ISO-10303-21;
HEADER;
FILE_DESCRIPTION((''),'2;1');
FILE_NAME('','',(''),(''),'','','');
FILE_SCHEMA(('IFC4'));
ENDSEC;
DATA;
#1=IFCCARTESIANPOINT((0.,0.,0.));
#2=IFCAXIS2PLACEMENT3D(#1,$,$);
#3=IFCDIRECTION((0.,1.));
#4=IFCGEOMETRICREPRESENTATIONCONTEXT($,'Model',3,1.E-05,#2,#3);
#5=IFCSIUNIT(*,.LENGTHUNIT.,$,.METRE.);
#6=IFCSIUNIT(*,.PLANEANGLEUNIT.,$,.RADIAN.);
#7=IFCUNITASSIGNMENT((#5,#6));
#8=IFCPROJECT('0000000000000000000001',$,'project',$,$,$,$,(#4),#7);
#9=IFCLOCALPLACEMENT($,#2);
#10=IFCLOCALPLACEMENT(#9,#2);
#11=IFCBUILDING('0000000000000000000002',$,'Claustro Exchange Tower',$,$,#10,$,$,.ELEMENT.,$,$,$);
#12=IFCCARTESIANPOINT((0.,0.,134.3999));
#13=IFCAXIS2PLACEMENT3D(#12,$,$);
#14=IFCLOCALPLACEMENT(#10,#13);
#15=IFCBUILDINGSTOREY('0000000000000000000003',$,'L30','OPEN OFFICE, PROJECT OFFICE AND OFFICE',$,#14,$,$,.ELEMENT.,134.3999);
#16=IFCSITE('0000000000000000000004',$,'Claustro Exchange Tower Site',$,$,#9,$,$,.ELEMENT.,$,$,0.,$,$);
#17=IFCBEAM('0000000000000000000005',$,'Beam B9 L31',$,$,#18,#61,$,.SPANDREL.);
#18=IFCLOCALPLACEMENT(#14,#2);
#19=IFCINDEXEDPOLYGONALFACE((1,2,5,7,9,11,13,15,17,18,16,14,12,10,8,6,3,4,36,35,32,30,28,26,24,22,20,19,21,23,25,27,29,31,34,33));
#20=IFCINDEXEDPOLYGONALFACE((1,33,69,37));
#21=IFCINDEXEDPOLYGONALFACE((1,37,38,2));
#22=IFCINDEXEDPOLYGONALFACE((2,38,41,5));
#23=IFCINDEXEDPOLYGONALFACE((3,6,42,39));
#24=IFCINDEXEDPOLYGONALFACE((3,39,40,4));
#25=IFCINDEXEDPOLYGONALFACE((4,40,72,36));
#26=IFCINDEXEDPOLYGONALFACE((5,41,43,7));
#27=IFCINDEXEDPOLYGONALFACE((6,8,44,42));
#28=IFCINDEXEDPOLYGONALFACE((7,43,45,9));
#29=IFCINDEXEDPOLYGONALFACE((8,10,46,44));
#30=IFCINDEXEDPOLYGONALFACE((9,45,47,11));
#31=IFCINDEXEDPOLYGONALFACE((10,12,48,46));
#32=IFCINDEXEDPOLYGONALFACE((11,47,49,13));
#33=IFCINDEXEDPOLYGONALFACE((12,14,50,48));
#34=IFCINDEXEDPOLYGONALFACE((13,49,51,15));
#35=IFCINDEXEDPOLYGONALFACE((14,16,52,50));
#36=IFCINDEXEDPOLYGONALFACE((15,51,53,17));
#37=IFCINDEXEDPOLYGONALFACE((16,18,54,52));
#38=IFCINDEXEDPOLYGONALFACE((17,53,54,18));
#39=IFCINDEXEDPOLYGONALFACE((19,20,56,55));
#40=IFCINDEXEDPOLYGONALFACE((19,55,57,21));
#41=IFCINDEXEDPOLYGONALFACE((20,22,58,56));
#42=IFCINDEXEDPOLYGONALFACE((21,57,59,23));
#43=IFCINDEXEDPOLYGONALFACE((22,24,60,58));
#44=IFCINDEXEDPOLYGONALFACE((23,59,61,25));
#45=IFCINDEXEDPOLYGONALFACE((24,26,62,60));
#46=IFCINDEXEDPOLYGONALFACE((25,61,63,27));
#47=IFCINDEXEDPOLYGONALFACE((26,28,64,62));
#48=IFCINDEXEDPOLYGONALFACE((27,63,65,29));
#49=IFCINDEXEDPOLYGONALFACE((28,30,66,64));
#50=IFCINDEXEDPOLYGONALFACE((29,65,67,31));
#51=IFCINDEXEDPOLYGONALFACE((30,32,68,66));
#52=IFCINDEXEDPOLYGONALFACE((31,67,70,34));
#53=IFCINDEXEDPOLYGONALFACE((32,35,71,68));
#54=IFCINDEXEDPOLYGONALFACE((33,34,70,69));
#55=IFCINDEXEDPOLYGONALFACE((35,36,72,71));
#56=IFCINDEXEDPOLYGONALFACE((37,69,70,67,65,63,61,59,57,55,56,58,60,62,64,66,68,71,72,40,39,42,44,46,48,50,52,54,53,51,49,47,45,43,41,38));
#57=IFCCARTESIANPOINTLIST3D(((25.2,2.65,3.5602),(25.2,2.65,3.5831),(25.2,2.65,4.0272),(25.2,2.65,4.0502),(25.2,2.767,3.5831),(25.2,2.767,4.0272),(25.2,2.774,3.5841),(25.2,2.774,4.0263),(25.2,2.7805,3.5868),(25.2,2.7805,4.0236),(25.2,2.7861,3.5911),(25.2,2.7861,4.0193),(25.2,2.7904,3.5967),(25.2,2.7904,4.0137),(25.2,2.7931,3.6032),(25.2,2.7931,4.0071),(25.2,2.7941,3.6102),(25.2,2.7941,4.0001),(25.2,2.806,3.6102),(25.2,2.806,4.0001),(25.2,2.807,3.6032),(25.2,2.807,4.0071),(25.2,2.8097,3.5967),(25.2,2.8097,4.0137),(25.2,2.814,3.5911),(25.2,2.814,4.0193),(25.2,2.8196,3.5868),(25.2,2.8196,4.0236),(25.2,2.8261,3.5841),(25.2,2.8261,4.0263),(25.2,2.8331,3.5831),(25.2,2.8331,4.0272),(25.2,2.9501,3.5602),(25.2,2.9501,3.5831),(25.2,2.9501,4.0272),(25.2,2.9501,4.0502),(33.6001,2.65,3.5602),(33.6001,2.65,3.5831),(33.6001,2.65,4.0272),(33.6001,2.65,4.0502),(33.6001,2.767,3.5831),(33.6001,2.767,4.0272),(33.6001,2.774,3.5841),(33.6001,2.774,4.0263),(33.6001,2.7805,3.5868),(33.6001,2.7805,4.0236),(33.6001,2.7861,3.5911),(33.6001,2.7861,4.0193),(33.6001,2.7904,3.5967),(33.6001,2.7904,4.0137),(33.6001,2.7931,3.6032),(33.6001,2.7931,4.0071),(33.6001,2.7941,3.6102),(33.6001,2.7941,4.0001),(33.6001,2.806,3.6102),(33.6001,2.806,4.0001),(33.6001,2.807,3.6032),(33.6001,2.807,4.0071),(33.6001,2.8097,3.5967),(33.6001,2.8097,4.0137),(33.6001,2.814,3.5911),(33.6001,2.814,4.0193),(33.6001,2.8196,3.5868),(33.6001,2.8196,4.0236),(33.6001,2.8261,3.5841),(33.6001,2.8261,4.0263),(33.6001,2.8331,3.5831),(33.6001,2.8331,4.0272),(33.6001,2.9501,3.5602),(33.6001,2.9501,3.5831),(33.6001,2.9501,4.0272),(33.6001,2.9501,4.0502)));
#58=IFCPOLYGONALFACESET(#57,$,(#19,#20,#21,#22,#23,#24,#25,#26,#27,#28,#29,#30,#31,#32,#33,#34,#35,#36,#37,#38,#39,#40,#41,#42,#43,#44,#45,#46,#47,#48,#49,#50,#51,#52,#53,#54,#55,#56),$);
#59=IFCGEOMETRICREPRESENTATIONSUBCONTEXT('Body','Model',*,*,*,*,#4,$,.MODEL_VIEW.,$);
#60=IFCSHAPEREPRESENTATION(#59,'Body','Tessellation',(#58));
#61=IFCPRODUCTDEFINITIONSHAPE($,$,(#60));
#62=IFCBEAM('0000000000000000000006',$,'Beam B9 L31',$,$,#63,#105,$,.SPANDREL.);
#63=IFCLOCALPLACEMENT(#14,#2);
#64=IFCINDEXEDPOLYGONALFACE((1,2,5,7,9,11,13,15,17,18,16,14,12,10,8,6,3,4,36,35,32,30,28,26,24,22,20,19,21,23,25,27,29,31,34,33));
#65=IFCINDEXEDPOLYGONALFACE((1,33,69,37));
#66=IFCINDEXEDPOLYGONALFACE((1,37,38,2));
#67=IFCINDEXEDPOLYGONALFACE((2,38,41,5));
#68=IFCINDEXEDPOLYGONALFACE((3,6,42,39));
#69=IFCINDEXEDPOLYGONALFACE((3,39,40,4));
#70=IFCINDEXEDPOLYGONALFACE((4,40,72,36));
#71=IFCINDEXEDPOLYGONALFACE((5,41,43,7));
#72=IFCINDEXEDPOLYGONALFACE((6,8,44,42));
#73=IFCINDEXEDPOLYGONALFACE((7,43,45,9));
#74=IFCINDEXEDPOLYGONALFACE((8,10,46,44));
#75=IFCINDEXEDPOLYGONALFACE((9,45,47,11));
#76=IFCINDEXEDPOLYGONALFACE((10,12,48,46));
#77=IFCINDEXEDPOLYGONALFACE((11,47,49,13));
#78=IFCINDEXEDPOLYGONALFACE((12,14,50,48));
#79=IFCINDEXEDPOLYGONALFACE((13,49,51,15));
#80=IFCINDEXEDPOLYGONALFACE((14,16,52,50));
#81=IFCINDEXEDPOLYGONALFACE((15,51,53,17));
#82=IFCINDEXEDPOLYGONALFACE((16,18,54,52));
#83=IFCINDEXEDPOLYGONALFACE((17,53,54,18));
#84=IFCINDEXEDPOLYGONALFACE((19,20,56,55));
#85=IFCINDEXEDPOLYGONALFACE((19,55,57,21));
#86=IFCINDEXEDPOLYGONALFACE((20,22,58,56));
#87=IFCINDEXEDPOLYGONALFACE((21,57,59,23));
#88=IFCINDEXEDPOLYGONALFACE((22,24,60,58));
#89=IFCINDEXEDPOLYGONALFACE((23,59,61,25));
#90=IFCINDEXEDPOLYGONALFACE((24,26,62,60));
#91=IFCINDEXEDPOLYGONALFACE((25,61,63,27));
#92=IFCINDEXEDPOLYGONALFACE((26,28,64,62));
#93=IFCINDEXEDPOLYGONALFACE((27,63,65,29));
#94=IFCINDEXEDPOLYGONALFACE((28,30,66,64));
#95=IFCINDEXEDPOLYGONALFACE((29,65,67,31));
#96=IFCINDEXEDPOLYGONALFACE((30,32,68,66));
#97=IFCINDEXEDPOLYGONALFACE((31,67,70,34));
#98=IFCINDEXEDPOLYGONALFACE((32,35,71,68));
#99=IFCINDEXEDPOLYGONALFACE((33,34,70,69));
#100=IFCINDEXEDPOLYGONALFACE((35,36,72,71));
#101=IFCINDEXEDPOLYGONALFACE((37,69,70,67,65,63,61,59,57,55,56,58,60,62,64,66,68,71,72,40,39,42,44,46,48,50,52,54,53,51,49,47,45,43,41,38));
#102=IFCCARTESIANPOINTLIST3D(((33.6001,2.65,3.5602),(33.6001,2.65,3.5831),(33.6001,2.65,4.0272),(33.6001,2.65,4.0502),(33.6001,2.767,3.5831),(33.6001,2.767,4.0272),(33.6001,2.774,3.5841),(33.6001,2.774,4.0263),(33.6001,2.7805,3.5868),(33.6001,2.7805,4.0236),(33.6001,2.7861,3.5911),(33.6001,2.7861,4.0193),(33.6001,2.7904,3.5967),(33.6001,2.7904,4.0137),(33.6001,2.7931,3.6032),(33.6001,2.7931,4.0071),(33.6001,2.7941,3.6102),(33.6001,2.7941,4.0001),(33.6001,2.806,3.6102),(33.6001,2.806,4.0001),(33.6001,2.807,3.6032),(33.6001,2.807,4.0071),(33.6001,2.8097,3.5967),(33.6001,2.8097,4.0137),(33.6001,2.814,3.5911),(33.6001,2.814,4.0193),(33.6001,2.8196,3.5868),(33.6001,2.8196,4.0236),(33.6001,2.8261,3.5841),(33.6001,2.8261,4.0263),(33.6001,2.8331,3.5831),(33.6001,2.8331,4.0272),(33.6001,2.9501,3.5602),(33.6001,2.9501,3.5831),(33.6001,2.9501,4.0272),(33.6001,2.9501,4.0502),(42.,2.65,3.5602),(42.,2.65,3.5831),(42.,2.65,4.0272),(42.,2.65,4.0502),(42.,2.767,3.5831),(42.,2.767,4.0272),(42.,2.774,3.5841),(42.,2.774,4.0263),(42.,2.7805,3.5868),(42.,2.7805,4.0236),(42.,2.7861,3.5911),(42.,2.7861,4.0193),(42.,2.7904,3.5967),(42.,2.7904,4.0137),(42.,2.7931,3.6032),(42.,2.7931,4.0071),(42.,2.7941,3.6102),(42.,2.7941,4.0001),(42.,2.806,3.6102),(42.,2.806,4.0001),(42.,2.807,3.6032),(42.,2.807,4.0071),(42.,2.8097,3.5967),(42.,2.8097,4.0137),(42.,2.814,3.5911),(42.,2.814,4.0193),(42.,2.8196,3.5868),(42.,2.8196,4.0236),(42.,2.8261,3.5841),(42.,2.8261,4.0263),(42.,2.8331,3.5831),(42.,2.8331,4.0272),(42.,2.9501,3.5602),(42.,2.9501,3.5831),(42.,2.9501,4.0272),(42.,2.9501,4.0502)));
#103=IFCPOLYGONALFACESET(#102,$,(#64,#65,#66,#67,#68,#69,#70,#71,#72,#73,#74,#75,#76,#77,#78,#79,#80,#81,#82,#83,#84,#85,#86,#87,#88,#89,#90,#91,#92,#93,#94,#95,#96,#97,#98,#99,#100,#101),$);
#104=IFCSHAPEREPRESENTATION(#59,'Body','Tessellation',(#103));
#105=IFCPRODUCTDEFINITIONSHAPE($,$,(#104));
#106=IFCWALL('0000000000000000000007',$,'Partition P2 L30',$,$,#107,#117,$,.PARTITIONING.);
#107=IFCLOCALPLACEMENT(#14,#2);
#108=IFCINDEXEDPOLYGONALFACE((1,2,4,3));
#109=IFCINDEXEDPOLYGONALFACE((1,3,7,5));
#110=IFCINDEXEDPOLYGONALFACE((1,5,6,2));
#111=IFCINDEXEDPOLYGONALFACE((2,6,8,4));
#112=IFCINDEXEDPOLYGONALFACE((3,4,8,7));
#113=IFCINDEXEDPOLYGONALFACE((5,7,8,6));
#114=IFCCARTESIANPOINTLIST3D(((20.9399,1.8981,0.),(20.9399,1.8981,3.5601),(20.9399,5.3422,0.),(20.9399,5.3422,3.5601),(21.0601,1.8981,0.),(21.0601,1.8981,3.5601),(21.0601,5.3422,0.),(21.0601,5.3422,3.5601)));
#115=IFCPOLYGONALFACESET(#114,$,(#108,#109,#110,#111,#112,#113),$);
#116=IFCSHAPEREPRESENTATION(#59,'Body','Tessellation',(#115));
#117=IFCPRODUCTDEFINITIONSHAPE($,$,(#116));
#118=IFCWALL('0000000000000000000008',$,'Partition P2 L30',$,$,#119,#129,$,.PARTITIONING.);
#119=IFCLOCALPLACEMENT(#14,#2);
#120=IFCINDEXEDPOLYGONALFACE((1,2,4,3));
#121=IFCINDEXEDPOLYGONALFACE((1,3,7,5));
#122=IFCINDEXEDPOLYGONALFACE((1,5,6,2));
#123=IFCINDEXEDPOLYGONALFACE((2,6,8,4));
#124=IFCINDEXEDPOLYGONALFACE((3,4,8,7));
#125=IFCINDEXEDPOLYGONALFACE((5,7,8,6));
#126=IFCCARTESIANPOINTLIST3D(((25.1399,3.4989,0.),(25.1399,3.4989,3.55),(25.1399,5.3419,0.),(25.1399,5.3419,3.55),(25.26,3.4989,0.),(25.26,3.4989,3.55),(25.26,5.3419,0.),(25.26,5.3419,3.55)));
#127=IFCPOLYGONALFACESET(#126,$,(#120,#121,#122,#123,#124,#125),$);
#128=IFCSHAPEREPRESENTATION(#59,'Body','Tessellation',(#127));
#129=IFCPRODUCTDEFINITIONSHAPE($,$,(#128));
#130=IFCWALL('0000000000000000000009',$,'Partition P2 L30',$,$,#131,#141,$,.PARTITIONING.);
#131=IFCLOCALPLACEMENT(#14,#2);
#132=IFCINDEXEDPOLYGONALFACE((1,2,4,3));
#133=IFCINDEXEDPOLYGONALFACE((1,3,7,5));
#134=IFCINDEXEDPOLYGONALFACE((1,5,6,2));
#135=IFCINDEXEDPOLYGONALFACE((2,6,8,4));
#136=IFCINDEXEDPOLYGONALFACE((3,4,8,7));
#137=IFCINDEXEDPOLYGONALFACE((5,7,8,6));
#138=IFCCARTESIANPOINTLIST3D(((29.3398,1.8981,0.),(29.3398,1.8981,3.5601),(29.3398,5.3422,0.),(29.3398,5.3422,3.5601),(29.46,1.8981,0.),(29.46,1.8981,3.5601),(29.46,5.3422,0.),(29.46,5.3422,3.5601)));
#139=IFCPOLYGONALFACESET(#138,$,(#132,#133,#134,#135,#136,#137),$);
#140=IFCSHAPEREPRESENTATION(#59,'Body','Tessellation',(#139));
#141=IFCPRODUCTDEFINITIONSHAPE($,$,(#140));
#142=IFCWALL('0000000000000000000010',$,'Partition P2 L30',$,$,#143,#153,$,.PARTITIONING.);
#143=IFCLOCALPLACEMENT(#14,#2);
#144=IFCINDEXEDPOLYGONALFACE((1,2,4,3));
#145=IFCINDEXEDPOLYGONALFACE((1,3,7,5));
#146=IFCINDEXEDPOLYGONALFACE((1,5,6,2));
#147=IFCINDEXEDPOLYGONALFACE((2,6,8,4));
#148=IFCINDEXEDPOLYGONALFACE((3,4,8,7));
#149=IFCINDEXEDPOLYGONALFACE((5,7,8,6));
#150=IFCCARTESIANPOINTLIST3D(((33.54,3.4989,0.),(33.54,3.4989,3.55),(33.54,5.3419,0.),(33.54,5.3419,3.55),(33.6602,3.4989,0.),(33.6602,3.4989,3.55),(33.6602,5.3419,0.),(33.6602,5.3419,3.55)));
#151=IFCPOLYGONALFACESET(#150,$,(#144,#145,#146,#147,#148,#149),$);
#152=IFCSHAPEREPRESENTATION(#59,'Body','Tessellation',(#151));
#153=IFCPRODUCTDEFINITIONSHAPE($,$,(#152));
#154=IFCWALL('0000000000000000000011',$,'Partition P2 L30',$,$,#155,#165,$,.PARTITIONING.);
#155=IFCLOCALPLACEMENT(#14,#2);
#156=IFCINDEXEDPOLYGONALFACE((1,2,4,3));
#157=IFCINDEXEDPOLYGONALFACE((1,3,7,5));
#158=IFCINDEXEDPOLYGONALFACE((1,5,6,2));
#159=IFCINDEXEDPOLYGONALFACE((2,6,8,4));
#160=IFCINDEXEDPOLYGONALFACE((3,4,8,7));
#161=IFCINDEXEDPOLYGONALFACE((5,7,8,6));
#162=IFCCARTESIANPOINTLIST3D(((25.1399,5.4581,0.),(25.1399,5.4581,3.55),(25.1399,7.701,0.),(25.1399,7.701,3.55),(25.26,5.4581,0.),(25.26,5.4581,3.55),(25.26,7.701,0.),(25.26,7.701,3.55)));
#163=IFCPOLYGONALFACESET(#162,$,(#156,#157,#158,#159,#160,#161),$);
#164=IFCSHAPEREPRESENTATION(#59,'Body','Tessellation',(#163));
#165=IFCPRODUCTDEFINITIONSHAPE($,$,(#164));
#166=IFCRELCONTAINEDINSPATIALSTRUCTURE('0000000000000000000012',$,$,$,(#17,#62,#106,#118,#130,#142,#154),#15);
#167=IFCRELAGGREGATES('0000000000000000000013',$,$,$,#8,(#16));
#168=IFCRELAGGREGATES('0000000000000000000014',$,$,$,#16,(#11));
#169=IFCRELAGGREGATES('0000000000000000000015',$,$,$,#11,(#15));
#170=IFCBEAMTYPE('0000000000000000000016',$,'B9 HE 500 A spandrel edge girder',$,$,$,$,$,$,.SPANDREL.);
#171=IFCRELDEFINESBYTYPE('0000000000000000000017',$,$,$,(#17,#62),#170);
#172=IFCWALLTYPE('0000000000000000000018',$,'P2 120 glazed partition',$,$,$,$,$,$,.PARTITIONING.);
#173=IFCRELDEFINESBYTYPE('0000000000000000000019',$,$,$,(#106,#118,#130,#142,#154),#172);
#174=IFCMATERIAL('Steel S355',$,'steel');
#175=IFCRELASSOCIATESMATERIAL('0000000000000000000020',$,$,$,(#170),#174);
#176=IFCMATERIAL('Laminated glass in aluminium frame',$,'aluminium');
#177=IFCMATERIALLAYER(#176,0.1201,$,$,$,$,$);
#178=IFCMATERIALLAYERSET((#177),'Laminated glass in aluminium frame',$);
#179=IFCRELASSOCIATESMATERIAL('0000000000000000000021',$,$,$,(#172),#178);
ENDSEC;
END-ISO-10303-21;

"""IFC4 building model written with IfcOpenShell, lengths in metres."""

from ifc_helpers import new_model, si_unit, direction, frame, frame_2d, origin, origin_2d, place, context, subcontext, project, spatial, rectangle, i_section, extrude, material, layer, layer_set, material_profile, profile_set, type_object, element, save


model = new_model("IFC4")

# Units and contexts
model_context = context("Model", 3, precision=1e-05, world=origin(), true_north=direction((0.0, 1.0)))
body_context = subcontext(model_context, "Body", "Model", "MODEL_VIEW")
ifc_project = project(units=[si_unit("LENGTHUNIT", "METRE"), si_unit("PLANEANGLEUNIT", "RADIAN")], contexts=[model_context])

# Site, building, storey
site_placement = place(None, origin())
site = spatial("IfcSite", under=ifc_project, at=site_placement, Name="Claustro Exchange Tower Site", CompositionType="ELEMENT", RefElevation=0.0)
building_placement = place(site_placement, origin())
building = spatial("IfcBuilding", under=site, at=building_placement, Name="Claustro Exchange Tower", CompositionType="ELEMENT")
storey_placement = place(building_placement, frame((0.0, 0.0, 134.3999)))
storey = spatial("IfcBuildingStorey", under=building, at=storey_placement, Name="L30", Description="OPEN OFFICE, PROJECT OFFICE AND OFFICE", CompositionType="ELEMENT", Elevation=134.3999)

# Beams
ifc_material_1 = material(Name="Steel S355", Category="steel")
ifc_material_profile_1 = material_profile(ifc_material_1, i_section(OverallWidth=0.3, OverallDepth=0.49, WebThickness=0.012, FlangeThickness=0.0229, FilletRadius=0.0271, at=origin_2d()), Name="HE 500 A")
ifc_profile_set_1 = profile_set([ifc_material_profile_1], Name="Steel S355")
beam_type_1 = type_object("IfcBeamType", Name="B9 HE 500 A spandrel edge girder", PredefinedType="SPANDREL", material=ifc_profile_set_1)
beam_1_placement = place(storey_placement, frame((25.2, 2.8, 3.8052), z_axis=(1.0, 0.0, 0.0), x_axis=(0.0, 1.0, 0.0)))
element("IfcBeam", 1, at=beam_1_placement, inside=storey, type_object=beam_type_1, Name="Beam B9 L31", PredefinedType="SPANDREL", context=body_context, shape_type="SweptSolid", body=[
    extrude(i_section(OverallWidth=0.3, OverallDepth=0.49, WebThickness=0.012, FlangeThickness=0.0229, FilletRadius=0.0271, at=origin_2d()), origin(), (0.0, 0.0, 1.0), 8.4001),
])
beam_2_placement = place(storey_placement, frame((33.6001, 2.8, 3.8052), z_axis=(1.0, 0.0, 0.0), x_axis=(0.0, 1.0, 0.0)))
element("IfcBeam", 2, at=beam_2_placement, inside=storey, type_object=beam_type_1, Name="Beam B9 L31", PredefinedType="SPANDREL", context=body_context, shape_type="SweptSolid", body=[
    extrude(i_section(OverallWidth=0.3, OverallDepth=0.49, WebThickness=0.012, FlangeThickness=0.0229, FilletRadius=0.0271, at=origin_2d()), origin(), (0.0, 0.0, 1.0), 8.3999),
])

# Walls
ifc_material_2 = material(Name="Laminated glass in aluminium frame", Category="aluminium")
ifc_layer_1 = layer(ifc_material_2, 0.1201)
ifc_layer_set_1 = layer_set([ifc_layer_1], Name="Laminated glass in aluminium frame")
wall_type_1 = type_object("IfcWallType", Name="P2 120 glazed partition", PredefinedType="PARTITIONING", material=ifc_layer_set_1)
wall_1_placement = place(storey_placement, frame((21.0, 1.8979, 0.0), z_axis=(0.0, 0.0, 1.0), x_axis=(0.0, 1.0, 0.0)))
element("IfcWall", 3, at=wall_1_placement, inside=storey, type_object=wall_type_1, Name="Partition P2 L30", PredefinedType="PARTITIONING", context=body_context, shape_type="SweptSolid", body=[
    extrude(rectangle(XDim=3.4441, YDim=0.1201, at=frame_2d((1.7222, 0.0))), origin(), (0.0, 0.0, 1.0), 3.5601),
])
wall_2_placement = place(storey_placement, frame((25.2, 3.499, 0.0), z_axis=(0.0, 0.0, 1.0), x_axis=(0.0, 1.0, 0.0)))
element("IfcWall", 4, at=wall_2_placement, inside=storey, type_object=wall_type_1, Name="Partition P2 L30", PredefinedType="PARTITIONING", context=body_context, shape_type="SweptSolid", body=[
    extrude(rectangle(XDim=1.843, YDim=0.1201, at=frame_2d((0.9214, 0.0))), origin(), (0.0, 0.0, 1.0), 3.55),
])
wall_3_placement = place(storey_placement, frame((29.3999, 1.8979, 0.0), z_axis=(0.0, 0.0, 1.0), x_axis=(0.0, 1.0, 0.0)))
element("IfcWall", 5, at=wall_3_placement, inside=storey, type_object=wall_type_1, Name="Partition P2 L30", PredefinedType="PARTITIONING", context=body_context, shape_type="SweptSolid", body=[
    extrude(rectangle(XDim=3.4441, YDim=0.1201, at=frame_2d((1.7222, 0.0))), origin(), (0.0, 0.0, 1.0), 3.5601),
])
wall_4_placement = place(storey_placement, frame((33.6001, 3.499, 0.0), z_axis=(0.0, 0.0, 1.0), x_axis=(0.0, 1.0, 0.0)))
element("IfcWall", 6, at=wall_4_placement, inside=storey, type_object=wall_type_1, Name="Partition P2 L30", PredefinedType="PARTITIONING", context=body_context, shape_type="SweptSolid", body=[
    extrude(rectangle(XDim=1.843, YDim=0.1201, at=frame_2d((0.9214, 0.0))), origin(), (0.0, 0.0, 1.0), 3.55),
])
wall_5_placement = place(storey_placement, frame((25.2, 5.458, 0.0), z_axis=(0.0, 0.0, 1.0), x_axis=(0.0, 1.0, 0.0)))
element("IfcWall", 7, at=wall_5_placement, inside=storey, type_object=wall_type_1, Name="Partition P2 L30", PredefinedType="PARTITIONING", context=body_context, shape_type="SweptSolid", body=[
    extrude(rectangle(XDim=2.2429, YDim=0.1201, at=frame_2d((1.1216, 0.0))), origin(), (0.0, 0.0, 1.0), 3.55),
])

save(model, "model.ifc")
